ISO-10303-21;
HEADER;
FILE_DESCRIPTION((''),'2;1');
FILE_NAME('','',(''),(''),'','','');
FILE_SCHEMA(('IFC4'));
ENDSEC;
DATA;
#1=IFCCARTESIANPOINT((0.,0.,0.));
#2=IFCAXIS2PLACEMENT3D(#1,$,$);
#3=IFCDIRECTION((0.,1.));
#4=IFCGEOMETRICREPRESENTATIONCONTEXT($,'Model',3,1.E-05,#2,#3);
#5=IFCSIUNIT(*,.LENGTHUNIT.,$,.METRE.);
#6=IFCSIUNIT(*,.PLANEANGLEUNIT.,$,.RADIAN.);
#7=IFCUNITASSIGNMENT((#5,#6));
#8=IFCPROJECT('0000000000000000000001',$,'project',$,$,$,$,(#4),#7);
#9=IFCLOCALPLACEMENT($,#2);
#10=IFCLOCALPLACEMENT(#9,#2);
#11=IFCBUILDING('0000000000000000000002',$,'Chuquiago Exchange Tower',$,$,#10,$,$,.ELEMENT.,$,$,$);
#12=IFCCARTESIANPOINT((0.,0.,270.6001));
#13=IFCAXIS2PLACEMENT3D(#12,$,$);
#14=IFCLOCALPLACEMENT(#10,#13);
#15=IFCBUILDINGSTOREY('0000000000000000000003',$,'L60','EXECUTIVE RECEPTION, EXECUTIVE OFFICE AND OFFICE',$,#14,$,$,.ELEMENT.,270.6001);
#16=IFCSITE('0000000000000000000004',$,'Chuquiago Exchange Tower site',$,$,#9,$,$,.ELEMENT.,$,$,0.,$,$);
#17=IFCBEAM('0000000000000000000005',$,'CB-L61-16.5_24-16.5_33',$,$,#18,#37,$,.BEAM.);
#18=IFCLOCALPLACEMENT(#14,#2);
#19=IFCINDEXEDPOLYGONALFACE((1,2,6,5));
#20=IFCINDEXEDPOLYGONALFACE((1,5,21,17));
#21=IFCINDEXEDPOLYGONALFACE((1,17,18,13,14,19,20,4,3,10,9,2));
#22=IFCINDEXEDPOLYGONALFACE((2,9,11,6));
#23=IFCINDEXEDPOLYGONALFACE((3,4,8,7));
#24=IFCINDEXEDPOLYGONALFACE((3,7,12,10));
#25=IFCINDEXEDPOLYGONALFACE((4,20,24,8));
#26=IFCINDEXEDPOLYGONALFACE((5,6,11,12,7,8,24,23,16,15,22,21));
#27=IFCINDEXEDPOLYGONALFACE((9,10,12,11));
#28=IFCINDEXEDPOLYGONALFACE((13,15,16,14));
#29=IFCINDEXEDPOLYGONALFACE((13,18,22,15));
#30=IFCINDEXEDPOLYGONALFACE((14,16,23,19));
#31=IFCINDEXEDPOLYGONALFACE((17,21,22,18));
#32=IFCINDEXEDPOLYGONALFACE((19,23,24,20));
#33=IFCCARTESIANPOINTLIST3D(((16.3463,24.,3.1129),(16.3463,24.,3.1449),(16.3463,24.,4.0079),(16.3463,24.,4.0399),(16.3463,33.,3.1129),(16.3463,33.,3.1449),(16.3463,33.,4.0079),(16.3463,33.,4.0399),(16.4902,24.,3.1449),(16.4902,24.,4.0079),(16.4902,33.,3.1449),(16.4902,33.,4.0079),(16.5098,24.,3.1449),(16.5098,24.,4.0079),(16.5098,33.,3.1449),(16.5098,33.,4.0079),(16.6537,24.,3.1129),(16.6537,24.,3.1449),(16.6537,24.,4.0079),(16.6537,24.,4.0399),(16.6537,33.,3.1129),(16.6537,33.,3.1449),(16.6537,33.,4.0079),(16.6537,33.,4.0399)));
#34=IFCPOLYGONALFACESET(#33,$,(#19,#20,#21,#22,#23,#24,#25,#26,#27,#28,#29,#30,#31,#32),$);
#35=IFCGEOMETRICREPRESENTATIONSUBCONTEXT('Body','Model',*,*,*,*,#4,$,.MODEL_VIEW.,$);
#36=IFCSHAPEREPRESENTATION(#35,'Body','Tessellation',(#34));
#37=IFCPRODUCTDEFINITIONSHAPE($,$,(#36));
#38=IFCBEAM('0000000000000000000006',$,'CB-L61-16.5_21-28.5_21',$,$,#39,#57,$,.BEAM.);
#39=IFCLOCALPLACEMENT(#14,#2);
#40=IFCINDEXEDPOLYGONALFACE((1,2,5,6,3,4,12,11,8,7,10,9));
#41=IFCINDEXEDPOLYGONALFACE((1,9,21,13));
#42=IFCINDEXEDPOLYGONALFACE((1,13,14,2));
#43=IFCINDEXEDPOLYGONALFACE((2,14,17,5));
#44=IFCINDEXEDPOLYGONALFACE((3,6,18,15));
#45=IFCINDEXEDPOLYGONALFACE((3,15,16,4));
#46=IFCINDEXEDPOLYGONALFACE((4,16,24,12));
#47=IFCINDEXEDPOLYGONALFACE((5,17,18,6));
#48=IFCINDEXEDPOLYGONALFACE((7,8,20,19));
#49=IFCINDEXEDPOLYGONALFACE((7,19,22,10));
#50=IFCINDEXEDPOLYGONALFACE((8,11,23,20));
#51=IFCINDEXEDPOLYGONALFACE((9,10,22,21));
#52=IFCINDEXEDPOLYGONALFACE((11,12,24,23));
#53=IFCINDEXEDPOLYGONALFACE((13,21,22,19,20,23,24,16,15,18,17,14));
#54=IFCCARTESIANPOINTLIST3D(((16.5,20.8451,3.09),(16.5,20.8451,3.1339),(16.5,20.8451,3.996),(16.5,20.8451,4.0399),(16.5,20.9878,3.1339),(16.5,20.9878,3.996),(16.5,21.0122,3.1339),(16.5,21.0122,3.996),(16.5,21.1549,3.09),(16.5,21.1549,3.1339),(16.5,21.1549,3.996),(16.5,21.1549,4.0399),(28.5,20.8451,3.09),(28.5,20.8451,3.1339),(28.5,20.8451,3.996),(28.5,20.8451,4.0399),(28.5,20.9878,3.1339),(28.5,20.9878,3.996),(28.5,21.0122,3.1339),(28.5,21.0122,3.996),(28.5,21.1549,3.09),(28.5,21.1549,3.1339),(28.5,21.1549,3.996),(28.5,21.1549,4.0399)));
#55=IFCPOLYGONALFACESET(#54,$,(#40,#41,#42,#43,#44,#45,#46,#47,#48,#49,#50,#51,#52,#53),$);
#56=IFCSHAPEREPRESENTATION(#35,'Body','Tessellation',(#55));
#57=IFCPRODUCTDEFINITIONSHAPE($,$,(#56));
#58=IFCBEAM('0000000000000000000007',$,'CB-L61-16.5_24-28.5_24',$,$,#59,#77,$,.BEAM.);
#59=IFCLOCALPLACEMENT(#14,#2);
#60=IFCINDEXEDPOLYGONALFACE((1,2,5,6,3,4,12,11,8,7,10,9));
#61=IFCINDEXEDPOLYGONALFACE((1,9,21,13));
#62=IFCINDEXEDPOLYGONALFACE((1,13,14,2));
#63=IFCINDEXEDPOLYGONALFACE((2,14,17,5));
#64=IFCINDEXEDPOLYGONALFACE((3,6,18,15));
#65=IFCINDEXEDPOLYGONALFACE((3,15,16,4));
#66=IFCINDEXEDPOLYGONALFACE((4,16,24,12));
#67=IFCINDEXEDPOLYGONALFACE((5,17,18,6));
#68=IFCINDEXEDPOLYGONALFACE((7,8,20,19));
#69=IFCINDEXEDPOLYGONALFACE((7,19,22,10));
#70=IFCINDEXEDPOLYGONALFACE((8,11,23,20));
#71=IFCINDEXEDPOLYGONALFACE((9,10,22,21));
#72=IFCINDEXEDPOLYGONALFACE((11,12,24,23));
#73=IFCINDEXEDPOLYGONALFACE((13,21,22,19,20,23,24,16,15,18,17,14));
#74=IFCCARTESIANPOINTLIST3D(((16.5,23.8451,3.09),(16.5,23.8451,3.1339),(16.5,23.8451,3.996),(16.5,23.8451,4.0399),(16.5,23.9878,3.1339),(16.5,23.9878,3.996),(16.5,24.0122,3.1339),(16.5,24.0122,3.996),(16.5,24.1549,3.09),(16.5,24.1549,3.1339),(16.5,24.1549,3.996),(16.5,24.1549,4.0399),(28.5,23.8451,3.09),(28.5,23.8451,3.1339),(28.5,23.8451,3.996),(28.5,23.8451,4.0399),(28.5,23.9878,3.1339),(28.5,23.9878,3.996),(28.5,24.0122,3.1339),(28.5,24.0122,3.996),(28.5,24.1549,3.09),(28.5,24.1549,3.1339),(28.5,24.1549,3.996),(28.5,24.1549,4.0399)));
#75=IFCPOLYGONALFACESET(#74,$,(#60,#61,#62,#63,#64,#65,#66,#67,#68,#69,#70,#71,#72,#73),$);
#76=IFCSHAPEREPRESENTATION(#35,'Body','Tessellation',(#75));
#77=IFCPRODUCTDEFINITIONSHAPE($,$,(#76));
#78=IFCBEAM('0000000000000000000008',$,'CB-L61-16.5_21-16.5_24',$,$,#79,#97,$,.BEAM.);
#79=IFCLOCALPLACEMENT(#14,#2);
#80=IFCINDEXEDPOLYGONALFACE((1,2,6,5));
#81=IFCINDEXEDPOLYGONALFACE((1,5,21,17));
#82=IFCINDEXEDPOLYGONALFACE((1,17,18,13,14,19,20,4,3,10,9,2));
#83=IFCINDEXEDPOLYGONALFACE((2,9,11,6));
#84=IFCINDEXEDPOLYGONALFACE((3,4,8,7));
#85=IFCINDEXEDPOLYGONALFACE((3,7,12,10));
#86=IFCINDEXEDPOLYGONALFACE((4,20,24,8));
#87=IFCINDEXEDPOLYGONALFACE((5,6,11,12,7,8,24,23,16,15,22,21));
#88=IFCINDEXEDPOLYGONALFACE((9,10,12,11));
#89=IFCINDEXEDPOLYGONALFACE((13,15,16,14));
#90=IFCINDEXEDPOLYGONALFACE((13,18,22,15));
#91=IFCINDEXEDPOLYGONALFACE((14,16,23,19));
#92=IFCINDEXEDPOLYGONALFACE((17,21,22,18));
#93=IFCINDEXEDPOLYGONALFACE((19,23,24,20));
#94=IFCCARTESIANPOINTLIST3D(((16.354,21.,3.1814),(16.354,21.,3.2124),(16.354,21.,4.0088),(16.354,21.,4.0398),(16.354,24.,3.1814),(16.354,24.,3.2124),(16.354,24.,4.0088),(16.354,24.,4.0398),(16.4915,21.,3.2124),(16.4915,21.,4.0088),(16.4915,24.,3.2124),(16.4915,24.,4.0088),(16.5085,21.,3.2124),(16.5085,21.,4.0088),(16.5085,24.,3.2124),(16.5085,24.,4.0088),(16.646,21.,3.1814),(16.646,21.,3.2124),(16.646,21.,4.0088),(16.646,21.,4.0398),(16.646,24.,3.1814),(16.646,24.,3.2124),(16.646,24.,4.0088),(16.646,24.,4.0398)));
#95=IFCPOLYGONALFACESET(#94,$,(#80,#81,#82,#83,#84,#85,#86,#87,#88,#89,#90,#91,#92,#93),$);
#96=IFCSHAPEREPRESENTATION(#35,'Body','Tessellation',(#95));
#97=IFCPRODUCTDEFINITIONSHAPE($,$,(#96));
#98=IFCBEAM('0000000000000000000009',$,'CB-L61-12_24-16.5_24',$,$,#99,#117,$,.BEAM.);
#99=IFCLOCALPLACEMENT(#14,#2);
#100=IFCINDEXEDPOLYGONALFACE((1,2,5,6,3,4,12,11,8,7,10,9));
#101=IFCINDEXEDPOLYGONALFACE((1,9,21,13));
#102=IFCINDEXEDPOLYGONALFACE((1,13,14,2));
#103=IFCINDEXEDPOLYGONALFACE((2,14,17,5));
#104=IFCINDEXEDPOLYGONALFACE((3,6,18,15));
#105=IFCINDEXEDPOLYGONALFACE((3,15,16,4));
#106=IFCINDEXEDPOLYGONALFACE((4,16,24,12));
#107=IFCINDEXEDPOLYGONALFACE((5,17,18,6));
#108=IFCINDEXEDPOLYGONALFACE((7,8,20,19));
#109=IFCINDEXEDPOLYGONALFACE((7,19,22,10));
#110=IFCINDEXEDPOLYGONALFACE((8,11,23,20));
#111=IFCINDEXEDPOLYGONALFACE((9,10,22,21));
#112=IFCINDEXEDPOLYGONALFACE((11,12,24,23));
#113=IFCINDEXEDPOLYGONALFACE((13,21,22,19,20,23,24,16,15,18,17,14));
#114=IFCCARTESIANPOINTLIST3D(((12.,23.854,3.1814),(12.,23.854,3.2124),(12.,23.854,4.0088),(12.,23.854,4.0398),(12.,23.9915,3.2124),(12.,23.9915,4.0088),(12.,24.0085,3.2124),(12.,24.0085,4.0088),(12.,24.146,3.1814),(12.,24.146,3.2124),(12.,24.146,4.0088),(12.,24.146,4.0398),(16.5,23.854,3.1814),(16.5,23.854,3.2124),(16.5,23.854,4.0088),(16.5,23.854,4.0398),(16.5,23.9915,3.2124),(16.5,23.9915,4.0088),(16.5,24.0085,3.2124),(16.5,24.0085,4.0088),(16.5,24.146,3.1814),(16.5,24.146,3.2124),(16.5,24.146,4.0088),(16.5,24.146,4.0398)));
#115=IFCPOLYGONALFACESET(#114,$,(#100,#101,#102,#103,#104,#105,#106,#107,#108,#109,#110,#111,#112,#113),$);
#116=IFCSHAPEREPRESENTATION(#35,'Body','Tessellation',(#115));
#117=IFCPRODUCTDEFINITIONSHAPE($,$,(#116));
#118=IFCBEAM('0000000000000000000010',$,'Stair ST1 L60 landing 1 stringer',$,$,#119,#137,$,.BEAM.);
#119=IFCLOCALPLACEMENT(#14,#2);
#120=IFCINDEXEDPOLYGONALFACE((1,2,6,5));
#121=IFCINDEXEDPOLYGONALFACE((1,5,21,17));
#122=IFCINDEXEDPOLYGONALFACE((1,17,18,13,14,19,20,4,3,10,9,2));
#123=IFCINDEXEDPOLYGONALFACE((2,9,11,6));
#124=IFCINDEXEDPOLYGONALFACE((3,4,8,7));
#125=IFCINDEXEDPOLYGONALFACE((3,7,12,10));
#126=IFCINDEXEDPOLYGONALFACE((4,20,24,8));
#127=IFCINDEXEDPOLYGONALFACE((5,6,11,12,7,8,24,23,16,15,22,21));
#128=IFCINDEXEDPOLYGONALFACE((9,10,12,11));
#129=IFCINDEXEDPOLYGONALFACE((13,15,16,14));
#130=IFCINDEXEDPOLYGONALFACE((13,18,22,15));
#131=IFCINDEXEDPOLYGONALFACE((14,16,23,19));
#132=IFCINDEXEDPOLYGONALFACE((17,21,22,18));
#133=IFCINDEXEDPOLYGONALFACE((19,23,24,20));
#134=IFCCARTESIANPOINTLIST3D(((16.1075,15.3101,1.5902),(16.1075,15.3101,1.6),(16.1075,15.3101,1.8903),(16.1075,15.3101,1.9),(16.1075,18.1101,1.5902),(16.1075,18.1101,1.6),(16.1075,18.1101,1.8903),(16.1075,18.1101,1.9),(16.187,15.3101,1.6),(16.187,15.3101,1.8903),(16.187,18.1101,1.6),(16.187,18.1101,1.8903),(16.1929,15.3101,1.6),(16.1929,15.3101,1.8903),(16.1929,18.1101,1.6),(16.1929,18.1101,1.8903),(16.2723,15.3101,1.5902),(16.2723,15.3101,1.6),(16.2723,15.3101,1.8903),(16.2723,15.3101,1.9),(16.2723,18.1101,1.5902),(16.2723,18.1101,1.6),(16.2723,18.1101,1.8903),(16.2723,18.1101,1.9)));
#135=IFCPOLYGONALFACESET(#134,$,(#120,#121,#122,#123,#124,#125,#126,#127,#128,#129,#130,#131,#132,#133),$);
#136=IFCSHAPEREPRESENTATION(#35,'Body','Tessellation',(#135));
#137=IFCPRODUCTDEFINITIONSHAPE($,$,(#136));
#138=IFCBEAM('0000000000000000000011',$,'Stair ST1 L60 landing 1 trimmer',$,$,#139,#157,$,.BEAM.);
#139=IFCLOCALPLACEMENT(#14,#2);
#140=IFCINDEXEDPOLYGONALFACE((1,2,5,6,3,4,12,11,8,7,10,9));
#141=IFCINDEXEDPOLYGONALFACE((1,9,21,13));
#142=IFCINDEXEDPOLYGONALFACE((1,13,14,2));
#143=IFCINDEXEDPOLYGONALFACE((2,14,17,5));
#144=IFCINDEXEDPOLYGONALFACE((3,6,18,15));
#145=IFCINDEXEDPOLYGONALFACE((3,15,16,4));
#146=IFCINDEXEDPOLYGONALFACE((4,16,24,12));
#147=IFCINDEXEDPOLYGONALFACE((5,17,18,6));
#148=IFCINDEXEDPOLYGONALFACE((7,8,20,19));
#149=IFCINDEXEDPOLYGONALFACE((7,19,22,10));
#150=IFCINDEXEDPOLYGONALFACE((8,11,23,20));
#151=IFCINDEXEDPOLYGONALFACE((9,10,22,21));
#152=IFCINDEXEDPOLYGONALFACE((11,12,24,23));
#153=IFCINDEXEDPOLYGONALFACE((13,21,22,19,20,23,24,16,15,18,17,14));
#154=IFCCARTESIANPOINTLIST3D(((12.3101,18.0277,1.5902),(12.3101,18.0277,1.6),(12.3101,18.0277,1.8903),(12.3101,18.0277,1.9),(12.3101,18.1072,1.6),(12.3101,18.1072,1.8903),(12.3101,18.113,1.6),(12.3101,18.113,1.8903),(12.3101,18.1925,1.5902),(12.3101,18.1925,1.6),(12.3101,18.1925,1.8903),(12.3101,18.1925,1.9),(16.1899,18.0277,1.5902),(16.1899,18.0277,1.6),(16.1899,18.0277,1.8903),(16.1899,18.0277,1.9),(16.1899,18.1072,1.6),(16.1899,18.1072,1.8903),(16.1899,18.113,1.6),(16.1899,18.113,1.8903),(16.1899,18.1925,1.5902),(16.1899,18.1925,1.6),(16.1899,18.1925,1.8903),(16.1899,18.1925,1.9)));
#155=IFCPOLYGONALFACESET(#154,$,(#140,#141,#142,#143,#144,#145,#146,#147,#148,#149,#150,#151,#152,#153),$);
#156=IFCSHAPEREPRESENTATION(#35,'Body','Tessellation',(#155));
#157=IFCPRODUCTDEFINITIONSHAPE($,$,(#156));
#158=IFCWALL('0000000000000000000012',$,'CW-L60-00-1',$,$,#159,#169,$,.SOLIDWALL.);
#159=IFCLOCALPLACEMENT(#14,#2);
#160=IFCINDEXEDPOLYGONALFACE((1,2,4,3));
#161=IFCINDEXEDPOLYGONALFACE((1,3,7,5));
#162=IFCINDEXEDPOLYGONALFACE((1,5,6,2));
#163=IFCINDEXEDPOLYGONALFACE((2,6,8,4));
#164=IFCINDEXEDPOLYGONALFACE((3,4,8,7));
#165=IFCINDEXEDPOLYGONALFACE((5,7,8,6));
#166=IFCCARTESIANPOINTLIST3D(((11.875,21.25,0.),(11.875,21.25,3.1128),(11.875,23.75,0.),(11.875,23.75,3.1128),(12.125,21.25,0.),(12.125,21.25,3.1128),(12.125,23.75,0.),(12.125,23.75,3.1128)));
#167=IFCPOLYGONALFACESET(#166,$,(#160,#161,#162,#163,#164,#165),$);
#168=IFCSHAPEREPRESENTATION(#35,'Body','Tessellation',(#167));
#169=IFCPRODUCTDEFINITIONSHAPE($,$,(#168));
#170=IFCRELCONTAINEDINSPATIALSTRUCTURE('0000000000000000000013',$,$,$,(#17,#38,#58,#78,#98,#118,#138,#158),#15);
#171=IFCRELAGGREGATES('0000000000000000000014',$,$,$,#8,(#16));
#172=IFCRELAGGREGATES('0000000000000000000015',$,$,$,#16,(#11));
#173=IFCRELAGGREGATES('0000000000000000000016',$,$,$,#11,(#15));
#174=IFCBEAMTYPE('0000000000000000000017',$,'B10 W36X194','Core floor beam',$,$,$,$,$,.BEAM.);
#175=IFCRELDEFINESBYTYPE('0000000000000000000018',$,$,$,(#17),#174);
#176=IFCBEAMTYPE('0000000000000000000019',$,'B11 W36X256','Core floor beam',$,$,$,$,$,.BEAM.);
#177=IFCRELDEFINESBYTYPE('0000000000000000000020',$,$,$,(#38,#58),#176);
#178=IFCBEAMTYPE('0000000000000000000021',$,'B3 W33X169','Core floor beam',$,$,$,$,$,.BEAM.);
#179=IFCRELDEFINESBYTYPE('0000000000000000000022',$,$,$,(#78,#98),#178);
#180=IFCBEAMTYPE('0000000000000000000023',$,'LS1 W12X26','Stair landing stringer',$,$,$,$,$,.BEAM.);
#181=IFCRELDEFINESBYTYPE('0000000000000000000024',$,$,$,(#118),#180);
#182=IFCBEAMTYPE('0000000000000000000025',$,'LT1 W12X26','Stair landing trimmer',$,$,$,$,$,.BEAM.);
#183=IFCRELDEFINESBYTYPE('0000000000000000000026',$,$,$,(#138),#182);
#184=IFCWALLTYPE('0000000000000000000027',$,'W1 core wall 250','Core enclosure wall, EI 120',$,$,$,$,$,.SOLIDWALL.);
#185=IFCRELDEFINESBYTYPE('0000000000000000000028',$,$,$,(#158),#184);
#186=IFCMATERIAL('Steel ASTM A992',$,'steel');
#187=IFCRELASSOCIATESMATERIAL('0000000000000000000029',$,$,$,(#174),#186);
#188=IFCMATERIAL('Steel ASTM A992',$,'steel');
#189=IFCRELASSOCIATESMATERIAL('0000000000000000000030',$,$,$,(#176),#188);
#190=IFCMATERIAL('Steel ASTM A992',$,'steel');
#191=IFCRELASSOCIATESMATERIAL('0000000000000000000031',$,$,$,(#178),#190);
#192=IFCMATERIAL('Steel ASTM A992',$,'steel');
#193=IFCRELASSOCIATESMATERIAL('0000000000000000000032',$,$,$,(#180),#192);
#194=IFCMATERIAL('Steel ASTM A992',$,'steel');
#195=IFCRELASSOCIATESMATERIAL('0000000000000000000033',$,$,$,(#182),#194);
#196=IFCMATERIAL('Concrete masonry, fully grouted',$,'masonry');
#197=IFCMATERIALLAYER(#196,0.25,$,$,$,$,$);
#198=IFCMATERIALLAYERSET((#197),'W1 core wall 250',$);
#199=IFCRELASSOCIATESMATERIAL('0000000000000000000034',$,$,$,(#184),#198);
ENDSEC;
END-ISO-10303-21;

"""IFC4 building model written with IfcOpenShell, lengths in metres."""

from ifc_helpers import new_model, si_unit, direction, frame, frame_2d, origin, origin_2d, place, context, subcontext, project, spatial, rectangle, i_section, extrude, material, layer, layer_set, material_profile, profile_set, type_object, element, save


model = new_model("IFC4")

# Units and contexts
model_context = context("Model", 3, precision=1e-05, world=origin(), true_north=direction((0.0, 1.0)))
body_context = subcontext(model_context, "Body", "Model", "MODEL_VIEW")
ifc_project = project(units=[si_unit("LENGTHUNIT", "METRE"), si_unit("PLANEANGLEUNIT", "RADIAN")], contexts=[model_context])

# Site, building, storey
site_placement = place(None, origin())
site = spatial("IfcSite", under=ifc_project, at=site_placement, Name="Chuquiago Exchange Tower site", CompositionType="ELEMENT", RefElevation=0.0)
building_placement = place(site_placement, origin())
building = spatial("IfcBuilding", under=site, at=building_placement, Name="Chuquiago Exchange Tower", CompositionType="ELEMENT")
storey_placement = place(building_placement, frame((0.0, 0.0, 270.6001)))
storey = spatial("IfcBuildingStorey", under=building, at=storey_placement, Name="L60", Description="EXECUTIVE RECEPTION, EXECUTIVE OFFICE AND OFFICE", CompositionType="ELEMENT", Elevation=270.6001)

# Beams
ifc_material_1 = material(Name="Steel ASTM A992", Category="steel")
ifc_material_profile_1 = material_profile(ifc_material_1, i_section(OverallWidth=0.3074, OverallDepth=0.927, WebThickness=0.0195, FlangeThickness=0.032, at=origin_2d()), Name="W36X194")
ifc_profile_set_1 = profile_set([ifc_material_profile_1], Name="Steel ASTM A992")
beam_type_1 = type_object("IfcBeamType", Name="B10 W36X194", Description="Core floor beam", PredefinedType="BEAM", material=ifc_profile_set_1)
for number, where, z_axis, x_axis, name in (
    (1, (16.5, 24.0, 3.5764), (0.0, 1.0, 0.0), (-1.0, 0.0, 0.0), "CB-L61-16.5_24-16.5_33"),
):
    element("IfcBeam", number, at=place(storey_placement, frame(where, z_axis=z_axis, x_axis=x_axis)), inside=storey, type_object=beam_type_1, Name=name, PredefinedType="BEAM", context=body_context, shape_type="SweptSolid", body=[
        extrude(i_section(OverallWidth=0.3074, OverallDepth=0.927, WebThickness=0.0195, FlangeThickness=0.032, at=origin_2d()), origin(), (0.0, 0.0, 1.0), 9.0),
    ])
ifc_material_2 = material(Name="Steel ASTM A992", Category="steel")
ifc_material_profile_2 = material_profile(ifc_material_2, i_section(OverallWidth=0.3098, OverallDepth=0.95, WebThickness=0.0244, FlangeThickness=0.0439, at=origin_2d()), Name="W36X256")
ifc_profile_set_2 = profile_set([ifc_material_profile_2], Name="Steel ASTM A992")
beam_type_2 = type_object("IfcBeamType", Name="B11 W36X256", Description="Core floor beam", PredefinedType="BEAM", material=ifc_profile_set_2)
for number, where, z_axis, x_axis, name in (
    (2, (16.5, 21.0, 3.5649), (1.0, 0.0, 0.0), (0.0, 1.0, 0.0), "CB-L61-16.5_21-28.5_21"),
    (3, (16.5, 24.0, 3.5649), (1.0, 0.0, 0.0), (0.0, 1.0, 0.0), "CB-L61-16.5_24-28.5_24"),
):
    element("IfcBeam", number, at=place(storey_placement, frame(where, z_axis=z_axis, x_axis=x_axis)), inside=storey, type_object=beam_type_2, Name=name, PredefinedType="BEAM", context=body_context, shape_type="SweptSolid", body=[
        extrude(i_section(OverallWidth=0.3098, OverallDepth=0.95, WebThickness=0.0244, FlangeThickness=0.0439, at=origin_2d()), origin(), (0.0, 0.0, 1.0), 12.0),
    ])
ifc_material_3 = material(Name="Steel ASTM A992", Category="steel")
ifc_material_profile_3 = material_profile(ifc_material_3, i_section(OverallWidth=0.292, OverallDepth=0.8584, WebThickness=0.0171, FlangeThickness=0.031, at=origin_2d()), Name="W33X169")
ifc_profile_set_3 = profile_set([ifc_material_profile_3], Name="Steel ASTM A992")
beam_type_3 = type_object("IfcBeamType", Name="B3 W33X169", Description="Core floor beam", PredefinedType="BEAM", material=ifc_profile_set_3)
beam_1_placement = place(storey_placement, frame((16.5, 21.0, 3.6106), z_axis=(0.0, 1.0, 0.0), x_axis=(-1.0, 0.0, 0.0)))
element("IfcBeam", 4, at=beam_1_placement, inside=storey, type_object=beam_type_3, Name="CB-L61-16.5_21-16.5_24", PredefinedType="BEAM", context=body_context, shape_type="SweptSolid", body=[
    extrude(i_section(OverallWidth=0.292, OverallDepth=0.8584, WebThickness=0.0171, FlangeThickness=0.031, at=origin_2d()), origin(), (0.0, 0.0, 1.0), 3.0),
])
beam_2_placement = place(storey_placement, frame((12.0, 24.0, 3.6106), z_axis=(1.0, 0.0, 0.0), x_axis=(0.0, 1.0, 0.0)))
element("IfcBeam", 5, at=beam_2_placement, inside=storey, type_object=beam_type_3, Name="CB-L61-12_24-16.5_24", PredefinedType="BEAM", context=body_context, shape_type="SweptSolid", body=[
    extrude(i_section(OverallWidth=0.292, OverallDepth=0.8584, WebThickness=0.0171, FlangeThickness=0.031, at=origin_2d()), origin(), (0.0, 0.0, 1.0), 4.5),
])
ifc_material_4 = material(Name="Steel ASTM A992", Category="steel")
ifc_material_profile_4 = material_profile(ifc_material_4, i_section(OverallWidth=0.1648, OverallDepth=0.3098, WebThickness=0.0059, FlangeThickness=0.0098, at=origin_2d()), Name="W12X26")
ifc_profile_set_4 = profile_set([ifc_material_profile_4], Name="Steel ASTM A992")
beam_type_4 = type_object("IfcBeamType", Name="LS1 W12X26", Description="Stair landing stringer", PredefinedType="BEAM", material=ifc_profile_set_4)
beam_3_placement = place(storey_placement, frame((16.1899, 15.3101, 1.7451), z_axis=(0.0, 1.0, 0.0), x_axis=(-1.0, 0.0, 0.0)))
element("IfcBeam", 6, at=beam_3_placement, inside=storey, type_object=beam_type_4, Name="Stair ST1 L60 landing 1 stringer", PredefinedType="BEAM", context=body_context, shape_type="SweptSolid", body=[
    extrude(i_section(OverallWidth=0.1648, OverallDepth=0.3098, WebThickness=0.0059, FlangeThickness=0.0098, at=origin_2d()), origin(), (0.0, 0.0, 1.0), 2.8),
])
ifc_material_5 = material(Name="Steel ASTM A992", Category="steel")
ifc_material_profile_5 = material_profile(ifc_material_5, i_section(OverallWidth=0.1648, OverallDepth=0.3098, WebThickness=0.0059, FlangeThickness=0.0098, at=origin_2d()), Name="W12X26")
ifc_profile_set_5 = profile_set([ifc_material_profile_5], Name="Steel ASTM A992")
beam_type_5 = type_object("IfcBeamType", Name="LT1 W12X26", Description="Stair landing trimmer", PredefinedType="BEAM", material=ifc_profile_set_5)
beam_4_placement = place(storey_placement, frame((12.3101, 18.1101, 1.7451), z_axis=(1.0, 0.0, 0.0), x_axis=(0.0, 1.0, 0.0)))
element("IfcBeam", 7, at=beam_4_placement, inside=storey, type_object=beam_type_5, Name="Stair ST1 L60 landing 1 trimmer", PredefinedType="BEAM", context=body_context, shape_type="SweptSolid", body=[
    extrude(i_section(OverallWidth=0.1648, OverallDepth=0.3098, WebThickness=0.0059, FlangeThickness=0.0098, at=origin_2d()), origin(), (0.0, 0.0, 1.0), 3.8799),
])

# Wall
ifc_material_6 = material(Name="Concrete masonry, fully grouted", Category="masonry")
ifc_layer_1 = layer(ifc_material_6, 0.25)
ifc_layer_set_1 = layer_set([ifc_layer_1], Name="W1 core wall 250")
wall_type_1 = type_object("IfcWallType", Name="W1 core wall 250", Description="Core enclosure wall, EI 120", PredefinedType="SOLIDWALL", material=ifc_layer_set_1)
wall_1_placement = place(storey_placement, frame((12.0, 21.25, 0.0), z_axis=(0.0, 0.0, 1.0), x_axis=(0.0, 1.0, 0.0)))
element("IfcWall", 8, at=wall_1_placement, inside=storey, type_object=wall_type_1, Name="CW-L60-00-1", PredefinedType="SOLIDWALL", context=body_context, shape_type="SweptSolid", body=[
    extrude(rectangle(XDim=2.5, YDim=0.25, at=frame_2d((1.25, 0.0))), origin(), (0.0, 0.0, 1.0), 3.1128),
])

save(model, "model.ifc")
